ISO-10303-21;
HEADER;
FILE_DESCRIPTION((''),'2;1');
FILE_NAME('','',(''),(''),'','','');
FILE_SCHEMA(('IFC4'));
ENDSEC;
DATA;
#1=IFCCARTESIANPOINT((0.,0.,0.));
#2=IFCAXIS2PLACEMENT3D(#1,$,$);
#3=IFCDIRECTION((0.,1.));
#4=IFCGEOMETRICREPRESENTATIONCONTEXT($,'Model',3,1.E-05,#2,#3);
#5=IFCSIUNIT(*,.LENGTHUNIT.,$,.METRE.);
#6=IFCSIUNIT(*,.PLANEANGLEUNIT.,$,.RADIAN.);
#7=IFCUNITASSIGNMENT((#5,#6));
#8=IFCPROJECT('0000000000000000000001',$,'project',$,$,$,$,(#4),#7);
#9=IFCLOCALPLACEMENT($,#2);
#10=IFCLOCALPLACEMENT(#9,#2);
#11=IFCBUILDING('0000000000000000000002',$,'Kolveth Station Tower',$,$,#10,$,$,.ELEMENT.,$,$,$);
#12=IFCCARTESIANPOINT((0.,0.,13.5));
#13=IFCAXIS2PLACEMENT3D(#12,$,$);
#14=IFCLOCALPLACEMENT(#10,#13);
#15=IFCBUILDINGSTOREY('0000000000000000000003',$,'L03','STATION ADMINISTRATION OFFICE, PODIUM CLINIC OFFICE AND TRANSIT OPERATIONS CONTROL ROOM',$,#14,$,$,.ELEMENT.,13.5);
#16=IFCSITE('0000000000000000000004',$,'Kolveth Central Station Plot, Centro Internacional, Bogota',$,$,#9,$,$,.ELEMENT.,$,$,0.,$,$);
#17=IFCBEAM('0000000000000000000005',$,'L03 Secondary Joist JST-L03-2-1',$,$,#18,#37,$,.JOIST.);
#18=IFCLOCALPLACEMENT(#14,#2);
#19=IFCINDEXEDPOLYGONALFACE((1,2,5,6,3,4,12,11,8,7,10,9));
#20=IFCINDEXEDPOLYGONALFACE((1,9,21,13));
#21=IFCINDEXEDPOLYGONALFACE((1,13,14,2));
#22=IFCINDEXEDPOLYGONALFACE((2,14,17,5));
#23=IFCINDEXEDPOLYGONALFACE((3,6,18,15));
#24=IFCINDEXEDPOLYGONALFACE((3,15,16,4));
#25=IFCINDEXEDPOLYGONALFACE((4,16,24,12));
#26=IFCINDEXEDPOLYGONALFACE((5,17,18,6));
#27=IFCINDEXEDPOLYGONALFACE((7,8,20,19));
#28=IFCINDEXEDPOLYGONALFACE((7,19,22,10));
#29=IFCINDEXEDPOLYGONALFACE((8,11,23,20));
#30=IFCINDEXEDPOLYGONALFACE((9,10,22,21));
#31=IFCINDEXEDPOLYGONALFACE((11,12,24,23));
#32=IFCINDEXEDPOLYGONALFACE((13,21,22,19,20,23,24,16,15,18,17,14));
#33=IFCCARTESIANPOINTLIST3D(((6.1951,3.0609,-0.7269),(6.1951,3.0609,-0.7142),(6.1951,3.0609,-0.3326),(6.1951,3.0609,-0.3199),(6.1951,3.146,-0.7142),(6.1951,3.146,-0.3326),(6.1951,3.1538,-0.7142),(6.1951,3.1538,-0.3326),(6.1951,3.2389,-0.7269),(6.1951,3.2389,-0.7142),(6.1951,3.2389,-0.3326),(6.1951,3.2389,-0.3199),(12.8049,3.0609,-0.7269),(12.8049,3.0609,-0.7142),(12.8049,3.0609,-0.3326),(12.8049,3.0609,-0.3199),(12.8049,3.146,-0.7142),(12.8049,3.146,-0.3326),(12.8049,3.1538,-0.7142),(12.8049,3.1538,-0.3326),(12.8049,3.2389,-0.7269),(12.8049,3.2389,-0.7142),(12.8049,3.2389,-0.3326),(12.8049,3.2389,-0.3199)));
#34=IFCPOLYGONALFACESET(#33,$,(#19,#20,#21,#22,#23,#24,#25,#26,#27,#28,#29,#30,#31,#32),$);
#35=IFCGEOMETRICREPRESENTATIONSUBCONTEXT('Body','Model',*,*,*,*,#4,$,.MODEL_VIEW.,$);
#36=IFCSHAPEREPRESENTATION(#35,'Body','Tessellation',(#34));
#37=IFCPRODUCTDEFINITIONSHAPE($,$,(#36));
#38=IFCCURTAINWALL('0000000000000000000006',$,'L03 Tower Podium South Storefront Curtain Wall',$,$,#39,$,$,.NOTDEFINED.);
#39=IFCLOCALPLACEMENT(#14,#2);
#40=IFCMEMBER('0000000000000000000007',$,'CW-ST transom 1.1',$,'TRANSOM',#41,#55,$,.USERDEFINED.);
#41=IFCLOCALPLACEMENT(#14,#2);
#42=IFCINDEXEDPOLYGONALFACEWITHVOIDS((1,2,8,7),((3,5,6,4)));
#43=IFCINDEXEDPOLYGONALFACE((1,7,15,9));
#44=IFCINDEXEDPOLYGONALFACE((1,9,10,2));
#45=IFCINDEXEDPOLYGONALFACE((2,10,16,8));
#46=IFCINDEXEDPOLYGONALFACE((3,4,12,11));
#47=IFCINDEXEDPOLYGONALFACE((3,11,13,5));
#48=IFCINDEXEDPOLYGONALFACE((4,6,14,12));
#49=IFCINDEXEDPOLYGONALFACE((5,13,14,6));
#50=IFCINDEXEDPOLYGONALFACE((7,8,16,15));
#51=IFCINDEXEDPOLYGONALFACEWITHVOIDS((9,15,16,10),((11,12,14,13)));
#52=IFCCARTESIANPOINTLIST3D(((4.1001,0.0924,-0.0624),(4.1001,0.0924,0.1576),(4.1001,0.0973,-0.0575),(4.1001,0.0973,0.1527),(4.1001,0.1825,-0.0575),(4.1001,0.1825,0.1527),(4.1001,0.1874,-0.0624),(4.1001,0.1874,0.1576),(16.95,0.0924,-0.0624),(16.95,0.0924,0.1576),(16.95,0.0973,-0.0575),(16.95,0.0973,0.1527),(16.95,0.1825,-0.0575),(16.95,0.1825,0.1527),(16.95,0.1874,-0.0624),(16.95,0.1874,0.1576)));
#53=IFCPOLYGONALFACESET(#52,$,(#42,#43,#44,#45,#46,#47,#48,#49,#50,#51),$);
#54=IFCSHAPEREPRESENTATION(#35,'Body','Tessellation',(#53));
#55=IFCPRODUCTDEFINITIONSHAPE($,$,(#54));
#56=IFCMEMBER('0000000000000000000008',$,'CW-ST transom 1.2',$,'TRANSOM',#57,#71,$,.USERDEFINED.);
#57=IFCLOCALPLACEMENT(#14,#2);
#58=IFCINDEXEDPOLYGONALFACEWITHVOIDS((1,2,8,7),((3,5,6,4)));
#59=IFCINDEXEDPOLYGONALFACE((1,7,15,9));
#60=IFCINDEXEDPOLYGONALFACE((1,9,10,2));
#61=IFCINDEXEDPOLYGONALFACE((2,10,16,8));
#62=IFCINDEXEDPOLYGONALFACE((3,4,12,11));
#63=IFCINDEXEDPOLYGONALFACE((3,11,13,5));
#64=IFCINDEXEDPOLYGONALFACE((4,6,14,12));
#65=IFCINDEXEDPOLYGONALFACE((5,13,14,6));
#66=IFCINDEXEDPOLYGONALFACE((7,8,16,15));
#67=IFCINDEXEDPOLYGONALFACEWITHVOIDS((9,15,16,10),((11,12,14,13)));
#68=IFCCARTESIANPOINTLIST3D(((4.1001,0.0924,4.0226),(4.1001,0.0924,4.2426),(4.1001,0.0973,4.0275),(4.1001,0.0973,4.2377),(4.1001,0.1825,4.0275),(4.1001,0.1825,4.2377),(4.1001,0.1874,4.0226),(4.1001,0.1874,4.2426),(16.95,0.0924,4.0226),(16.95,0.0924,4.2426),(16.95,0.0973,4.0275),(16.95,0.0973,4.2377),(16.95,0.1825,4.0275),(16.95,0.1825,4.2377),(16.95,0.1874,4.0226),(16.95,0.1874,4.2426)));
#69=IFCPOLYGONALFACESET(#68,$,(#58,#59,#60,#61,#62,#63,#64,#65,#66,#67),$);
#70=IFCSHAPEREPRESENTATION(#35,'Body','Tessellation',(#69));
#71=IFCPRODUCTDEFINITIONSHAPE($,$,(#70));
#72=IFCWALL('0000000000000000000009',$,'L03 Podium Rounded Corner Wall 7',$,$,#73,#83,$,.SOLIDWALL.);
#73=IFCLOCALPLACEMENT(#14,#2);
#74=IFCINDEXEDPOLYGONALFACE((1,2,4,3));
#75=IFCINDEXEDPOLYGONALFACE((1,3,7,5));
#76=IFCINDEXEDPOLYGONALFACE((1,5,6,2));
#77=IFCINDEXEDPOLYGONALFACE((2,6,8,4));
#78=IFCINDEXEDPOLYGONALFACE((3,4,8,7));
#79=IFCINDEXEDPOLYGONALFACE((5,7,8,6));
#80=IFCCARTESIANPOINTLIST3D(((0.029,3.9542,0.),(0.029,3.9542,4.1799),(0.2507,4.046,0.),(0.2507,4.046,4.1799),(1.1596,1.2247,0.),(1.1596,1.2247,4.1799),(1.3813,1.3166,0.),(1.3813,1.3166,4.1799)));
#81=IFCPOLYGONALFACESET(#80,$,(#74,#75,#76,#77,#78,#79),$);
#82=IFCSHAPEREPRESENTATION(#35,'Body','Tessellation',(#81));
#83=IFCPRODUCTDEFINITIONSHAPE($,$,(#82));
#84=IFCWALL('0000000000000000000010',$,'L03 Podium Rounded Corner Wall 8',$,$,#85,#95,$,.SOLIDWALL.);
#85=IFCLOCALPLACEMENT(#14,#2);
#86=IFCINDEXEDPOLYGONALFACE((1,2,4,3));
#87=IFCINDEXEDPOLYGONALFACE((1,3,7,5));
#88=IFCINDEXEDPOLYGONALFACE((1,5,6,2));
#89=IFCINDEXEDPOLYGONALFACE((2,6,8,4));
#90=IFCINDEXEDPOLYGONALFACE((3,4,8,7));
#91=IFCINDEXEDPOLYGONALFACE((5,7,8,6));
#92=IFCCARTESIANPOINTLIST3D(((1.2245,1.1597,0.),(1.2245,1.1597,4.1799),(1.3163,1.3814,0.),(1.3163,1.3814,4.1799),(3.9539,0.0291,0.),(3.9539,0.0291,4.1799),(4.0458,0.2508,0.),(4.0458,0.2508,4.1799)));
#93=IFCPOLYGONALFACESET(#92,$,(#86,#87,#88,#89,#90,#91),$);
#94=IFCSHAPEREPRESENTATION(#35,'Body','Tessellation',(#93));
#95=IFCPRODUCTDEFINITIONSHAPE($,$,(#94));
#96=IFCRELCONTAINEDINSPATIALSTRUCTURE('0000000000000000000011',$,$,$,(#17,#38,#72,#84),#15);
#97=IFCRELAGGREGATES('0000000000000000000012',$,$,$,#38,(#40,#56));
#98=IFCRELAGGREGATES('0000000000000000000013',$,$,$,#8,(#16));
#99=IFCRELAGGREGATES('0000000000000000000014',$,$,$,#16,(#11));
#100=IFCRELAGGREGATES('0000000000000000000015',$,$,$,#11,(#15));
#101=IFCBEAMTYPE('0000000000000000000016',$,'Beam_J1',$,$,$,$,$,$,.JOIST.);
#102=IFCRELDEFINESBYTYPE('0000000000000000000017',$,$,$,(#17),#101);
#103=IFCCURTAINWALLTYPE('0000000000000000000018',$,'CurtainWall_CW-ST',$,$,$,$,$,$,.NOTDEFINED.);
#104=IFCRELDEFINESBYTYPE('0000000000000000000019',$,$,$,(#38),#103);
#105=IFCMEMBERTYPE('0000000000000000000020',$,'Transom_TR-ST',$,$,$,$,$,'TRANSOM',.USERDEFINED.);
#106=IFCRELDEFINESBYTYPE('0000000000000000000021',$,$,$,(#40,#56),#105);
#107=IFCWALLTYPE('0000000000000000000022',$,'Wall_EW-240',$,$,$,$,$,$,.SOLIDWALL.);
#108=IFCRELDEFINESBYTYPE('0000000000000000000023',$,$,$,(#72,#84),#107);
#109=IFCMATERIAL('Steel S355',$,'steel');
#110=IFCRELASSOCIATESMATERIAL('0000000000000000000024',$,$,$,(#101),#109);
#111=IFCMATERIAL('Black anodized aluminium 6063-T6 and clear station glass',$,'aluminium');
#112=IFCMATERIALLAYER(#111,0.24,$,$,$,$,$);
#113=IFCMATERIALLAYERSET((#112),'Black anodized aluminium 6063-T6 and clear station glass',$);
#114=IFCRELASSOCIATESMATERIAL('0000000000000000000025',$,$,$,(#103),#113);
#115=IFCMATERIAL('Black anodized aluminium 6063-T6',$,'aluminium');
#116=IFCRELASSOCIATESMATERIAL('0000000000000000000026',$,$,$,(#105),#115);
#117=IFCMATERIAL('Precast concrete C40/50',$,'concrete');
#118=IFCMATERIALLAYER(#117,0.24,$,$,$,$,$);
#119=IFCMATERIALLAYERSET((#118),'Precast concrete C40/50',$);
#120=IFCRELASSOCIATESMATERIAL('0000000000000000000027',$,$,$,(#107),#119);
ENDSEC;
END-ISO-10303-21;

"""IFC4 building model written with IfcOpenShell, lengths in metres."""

from ifc_helpers import new_model, si_unit, direction, frame, frame_2d, origin, origin_2d, place, context, subcontext, project, spatial, rectangle, hollow_rectangle, i_section, extrude, source, transform, mapped, material, layer, layer_set, material_profile, profile_set, type_object, element, aggregate, save


model = new_model("IFC4")

# Units and contexts
model_context = context("Model", 3, precision=1e-05, world=origin(), true_north=direction((0.0, 1.0)))
body_context = subcontext(model_context, "Body", "Model", "MODEL_VIEW")
ifc_project = project(units=[si_unit("LENGTHUNIT", "METRE"), si_unit("PLANEANGLEUNIT", "RADIAN")], contexts=[model_context])

# Site, building, storey
site_placement = place(None, origin())
site = spatial("IfcSite", under=ifc_project, at=site_placement, Name="Kolveth Central Station Plot, Centro Internacional, Bogota", CompositionType="ELEMENT", RefElevation=0.0)
building_placement = place(site_placement, origin())
building = spatial("IfcBuilding", under=site, at=building_placement, Name="Kolveth Station Tower", CompositionType="ELEMENT")
storey_placement = place(building_placement, frame((0.0, 0.0, 13.5)))
storey = spatial("IfcBuildingStorey", under=building, at=storey_placement, Name="L03", Description="STATION ADMINISTRATION OFFICE, PODIUM CLINIC OFFICE AND TRANSIT OPERATIONS CONTROL ROOM", CompositionType="ELEMENT", Elevation=13.5)

# Beam
ifc_material_1 = material(Name="Steel S355", Category="steel")
ifc_material_profile_1 = material_profile(ifc_material_1, i_section(OverallWidth=0.178, OverallDepth=0.407, WebThickness=0.0078, FlangeThickness=0.0127, at=origin_2d()), Name="W410x60")
ifc_profile_set_1 = profile_set([ifc_material_profile_1], Name="Steel S355")
beam_type_1 = type_object("IfcBeamType", Name="Beam_J1", PredefinedType="JOIST", material=ifc_profile_set_1)
shared_shape_1 = source(origin(), body_context, "Body", "SweptSolid", [
    extrude(i_section(OverallWidth=0.178, OverallDepth=0.407, WebThickness=0.0078, FlangeThickness=0.0127, at=origin_2d()), origin(), (0.0, 0.0, 1.0), 6.6099),
])
beam_1_placement = place(storey_placement, frame((6.1951, 3.1499, -0.5234), z_axis=(1.0, 0.0, 0.0), x_axis=(0.0, 1.0, 0.0)))
element("IfcBeam", 1, at=beam_1_placement, inside=storey, type_object=beam_type_1, Name="L03 Secondary Joist JST-L03-2-1", PredefinedType="JOIST", context=body_context, shape_type="MappedRepresentation", body=[
    mapped(shared_shape_1, transform((0.0, 0.0, 0.0), x_axis=(1.0, 0.0, 0.0), y_axis=(0.0, 1.0, 0.0), z_axis=(0.0, 0.0, 1.0), scale=1.0)),
])

# Curtain wall, members
ifc_material_2 = material(Name="Black anodized aluminium 6063-T6 and clear station glass", Category="aluminium")
ifc_layer_1 = layer(ifc_material_2, 0.24)
ifc_layer_set_1 = layer_set([ifc_layer_1], Name="Black anodized aluminium 6063-T6 and clear station glass")
curtain_wall_type = type_object("IfcCurtainWallType", Name="CurtainWall_CW-ST", PredefinedType="NOTDEFINED", material=ifc_layer_set_1)
curtain_wall_placement = place(storey_placement, origin())
curtain_wall = element("IfcCurtainWall", 2, at=curtain_wall_placement, inside=storey, type_object=curtain_wall_type, Name="L03 Tower Podium South Storefront Curtain Wall", PredefinedType="NOTDEFINED")
ifc_material_3 = material(Name="Black anodized aluminium 6063-T6", Category="aluminium")
ifc_material_profile_2 = material_profile(ifc_material_3, hollow_rectangle(XDim=0.095, YDim=0.22, WallThickness=0.0049, at=origin_2d()), Name="ALU-95x220x5")
ifc_profile_set_2 = profile_set([ifc_material_profile_2], Name="Black anodized aluminium 6063-T6")
member_type = type_object("IfcMemberType", Name="Transom_TR-ST", ElementType="TRANSOM", PredefinedType="USERDEFINED", material=ifc_profile_set_2)
shared_shape_2 = source(origin(), body_context, "Body", "SweptSolid", [
    extrude(hollow_rectangle(XDim=0.095, YDim=0.22, WallThickness=0.0049, at=origin_2d()), origin(), (0.0, 0.0, 1.0), 12.8499),
])
member_1_placement = place(storey_placement, frame((4.1001, 0.1399, 0.0476), z_axis=(1.0, 0.0, 0.0), x_axis=(0.0, 1.0, 0.0)))
member_1 = element("IfcMember", 3, at=member_1_placement, type_object=member_type, Name="CW-ST transom 1.1", ObjectType="TRANSOM", PredefinedType="USERDEFINED", context=body_context, shape_type="MappedRepresentation", body=[
    mapped(shared_shape_2, transform((0.0, 0.0, 0.0), x_axis=(1.0, 0.0, 0.0), y_axis=(0.0, 1.0, 0.0), z_axis=(0.0, 0.0, 1.0), scale=1.0)),
])
member_2_placement = place(storey_placement, frame((4.1001, 0.1399, 4.1326), z_axis=(1.0, 0.0, 0.0), x_axis=(0.0, 1.0, 0.0)))
member_2 = element("IfcMember", 4, at=member_2_placement, type_object=member_type, Name="CW-ST transom 1.2", ObjectType="TRANSOM", PredefinedType="USERDEFINED", context=body_context, shape_type="MappedRepresentation", body=[
    mapped(shared_shape_2, transform((0.0, 0.0, 0.0), x_axis=(1.0, 0.0, 0.0), y_axis=(0.0, 1.0, 0.0), z_axis=(0.0, 0.0, 1.0), scale=1.0)),
])
aggregate(curtain_wall, [member_1, member_2])

# Walls
ifc_material_4 = material(Name="Precast concrete C40/50", Category="concrete")
ifc_layer_2 = layer(ifc_material_4, 0.24)
ifc_layer_set_2 = layer_set([ifc_layer_2], Name="Precast concrete C40/50")
wall_type_1 = type_object("IfcWallType", Name="Wall_EW-240", PredefinedType="SOLIDWALL", material=ifc_layer_set_2)
for number, where, z_axis, x_axis, name in (
    (5, (0.1399, 4.0, 0.0), (0.0, 0.0, 1.0), (0.38269, -0.923877, 0.0), "L03 Podium Rounded Corner Wall 7"),
    (6, (1.2705, 1.2705, 0.0), (0.0, 0.0, 1.0), (0.923877, -0.38269, 0.0), "L03 Podium Rounded Corner Wall 8"),
):
    element("IfcWall", number, at=place(storey_placement, frame(where, z_axis=z_axis, x_axis=x_axis)), inside=storey, type_object=wall_type_1, Name=name, PredefinedType="SOLIDWALL", context=body_context, shape_type="SweptSolid", body=[
        extrude(rectangle(XDim=2.9543, YDim=0.24, at=frame_2d((1.4771, 0.0))), origin(), (0.0, 0.0, 1.0), 4.1799),
    ])

save(model, "model.ifc")
